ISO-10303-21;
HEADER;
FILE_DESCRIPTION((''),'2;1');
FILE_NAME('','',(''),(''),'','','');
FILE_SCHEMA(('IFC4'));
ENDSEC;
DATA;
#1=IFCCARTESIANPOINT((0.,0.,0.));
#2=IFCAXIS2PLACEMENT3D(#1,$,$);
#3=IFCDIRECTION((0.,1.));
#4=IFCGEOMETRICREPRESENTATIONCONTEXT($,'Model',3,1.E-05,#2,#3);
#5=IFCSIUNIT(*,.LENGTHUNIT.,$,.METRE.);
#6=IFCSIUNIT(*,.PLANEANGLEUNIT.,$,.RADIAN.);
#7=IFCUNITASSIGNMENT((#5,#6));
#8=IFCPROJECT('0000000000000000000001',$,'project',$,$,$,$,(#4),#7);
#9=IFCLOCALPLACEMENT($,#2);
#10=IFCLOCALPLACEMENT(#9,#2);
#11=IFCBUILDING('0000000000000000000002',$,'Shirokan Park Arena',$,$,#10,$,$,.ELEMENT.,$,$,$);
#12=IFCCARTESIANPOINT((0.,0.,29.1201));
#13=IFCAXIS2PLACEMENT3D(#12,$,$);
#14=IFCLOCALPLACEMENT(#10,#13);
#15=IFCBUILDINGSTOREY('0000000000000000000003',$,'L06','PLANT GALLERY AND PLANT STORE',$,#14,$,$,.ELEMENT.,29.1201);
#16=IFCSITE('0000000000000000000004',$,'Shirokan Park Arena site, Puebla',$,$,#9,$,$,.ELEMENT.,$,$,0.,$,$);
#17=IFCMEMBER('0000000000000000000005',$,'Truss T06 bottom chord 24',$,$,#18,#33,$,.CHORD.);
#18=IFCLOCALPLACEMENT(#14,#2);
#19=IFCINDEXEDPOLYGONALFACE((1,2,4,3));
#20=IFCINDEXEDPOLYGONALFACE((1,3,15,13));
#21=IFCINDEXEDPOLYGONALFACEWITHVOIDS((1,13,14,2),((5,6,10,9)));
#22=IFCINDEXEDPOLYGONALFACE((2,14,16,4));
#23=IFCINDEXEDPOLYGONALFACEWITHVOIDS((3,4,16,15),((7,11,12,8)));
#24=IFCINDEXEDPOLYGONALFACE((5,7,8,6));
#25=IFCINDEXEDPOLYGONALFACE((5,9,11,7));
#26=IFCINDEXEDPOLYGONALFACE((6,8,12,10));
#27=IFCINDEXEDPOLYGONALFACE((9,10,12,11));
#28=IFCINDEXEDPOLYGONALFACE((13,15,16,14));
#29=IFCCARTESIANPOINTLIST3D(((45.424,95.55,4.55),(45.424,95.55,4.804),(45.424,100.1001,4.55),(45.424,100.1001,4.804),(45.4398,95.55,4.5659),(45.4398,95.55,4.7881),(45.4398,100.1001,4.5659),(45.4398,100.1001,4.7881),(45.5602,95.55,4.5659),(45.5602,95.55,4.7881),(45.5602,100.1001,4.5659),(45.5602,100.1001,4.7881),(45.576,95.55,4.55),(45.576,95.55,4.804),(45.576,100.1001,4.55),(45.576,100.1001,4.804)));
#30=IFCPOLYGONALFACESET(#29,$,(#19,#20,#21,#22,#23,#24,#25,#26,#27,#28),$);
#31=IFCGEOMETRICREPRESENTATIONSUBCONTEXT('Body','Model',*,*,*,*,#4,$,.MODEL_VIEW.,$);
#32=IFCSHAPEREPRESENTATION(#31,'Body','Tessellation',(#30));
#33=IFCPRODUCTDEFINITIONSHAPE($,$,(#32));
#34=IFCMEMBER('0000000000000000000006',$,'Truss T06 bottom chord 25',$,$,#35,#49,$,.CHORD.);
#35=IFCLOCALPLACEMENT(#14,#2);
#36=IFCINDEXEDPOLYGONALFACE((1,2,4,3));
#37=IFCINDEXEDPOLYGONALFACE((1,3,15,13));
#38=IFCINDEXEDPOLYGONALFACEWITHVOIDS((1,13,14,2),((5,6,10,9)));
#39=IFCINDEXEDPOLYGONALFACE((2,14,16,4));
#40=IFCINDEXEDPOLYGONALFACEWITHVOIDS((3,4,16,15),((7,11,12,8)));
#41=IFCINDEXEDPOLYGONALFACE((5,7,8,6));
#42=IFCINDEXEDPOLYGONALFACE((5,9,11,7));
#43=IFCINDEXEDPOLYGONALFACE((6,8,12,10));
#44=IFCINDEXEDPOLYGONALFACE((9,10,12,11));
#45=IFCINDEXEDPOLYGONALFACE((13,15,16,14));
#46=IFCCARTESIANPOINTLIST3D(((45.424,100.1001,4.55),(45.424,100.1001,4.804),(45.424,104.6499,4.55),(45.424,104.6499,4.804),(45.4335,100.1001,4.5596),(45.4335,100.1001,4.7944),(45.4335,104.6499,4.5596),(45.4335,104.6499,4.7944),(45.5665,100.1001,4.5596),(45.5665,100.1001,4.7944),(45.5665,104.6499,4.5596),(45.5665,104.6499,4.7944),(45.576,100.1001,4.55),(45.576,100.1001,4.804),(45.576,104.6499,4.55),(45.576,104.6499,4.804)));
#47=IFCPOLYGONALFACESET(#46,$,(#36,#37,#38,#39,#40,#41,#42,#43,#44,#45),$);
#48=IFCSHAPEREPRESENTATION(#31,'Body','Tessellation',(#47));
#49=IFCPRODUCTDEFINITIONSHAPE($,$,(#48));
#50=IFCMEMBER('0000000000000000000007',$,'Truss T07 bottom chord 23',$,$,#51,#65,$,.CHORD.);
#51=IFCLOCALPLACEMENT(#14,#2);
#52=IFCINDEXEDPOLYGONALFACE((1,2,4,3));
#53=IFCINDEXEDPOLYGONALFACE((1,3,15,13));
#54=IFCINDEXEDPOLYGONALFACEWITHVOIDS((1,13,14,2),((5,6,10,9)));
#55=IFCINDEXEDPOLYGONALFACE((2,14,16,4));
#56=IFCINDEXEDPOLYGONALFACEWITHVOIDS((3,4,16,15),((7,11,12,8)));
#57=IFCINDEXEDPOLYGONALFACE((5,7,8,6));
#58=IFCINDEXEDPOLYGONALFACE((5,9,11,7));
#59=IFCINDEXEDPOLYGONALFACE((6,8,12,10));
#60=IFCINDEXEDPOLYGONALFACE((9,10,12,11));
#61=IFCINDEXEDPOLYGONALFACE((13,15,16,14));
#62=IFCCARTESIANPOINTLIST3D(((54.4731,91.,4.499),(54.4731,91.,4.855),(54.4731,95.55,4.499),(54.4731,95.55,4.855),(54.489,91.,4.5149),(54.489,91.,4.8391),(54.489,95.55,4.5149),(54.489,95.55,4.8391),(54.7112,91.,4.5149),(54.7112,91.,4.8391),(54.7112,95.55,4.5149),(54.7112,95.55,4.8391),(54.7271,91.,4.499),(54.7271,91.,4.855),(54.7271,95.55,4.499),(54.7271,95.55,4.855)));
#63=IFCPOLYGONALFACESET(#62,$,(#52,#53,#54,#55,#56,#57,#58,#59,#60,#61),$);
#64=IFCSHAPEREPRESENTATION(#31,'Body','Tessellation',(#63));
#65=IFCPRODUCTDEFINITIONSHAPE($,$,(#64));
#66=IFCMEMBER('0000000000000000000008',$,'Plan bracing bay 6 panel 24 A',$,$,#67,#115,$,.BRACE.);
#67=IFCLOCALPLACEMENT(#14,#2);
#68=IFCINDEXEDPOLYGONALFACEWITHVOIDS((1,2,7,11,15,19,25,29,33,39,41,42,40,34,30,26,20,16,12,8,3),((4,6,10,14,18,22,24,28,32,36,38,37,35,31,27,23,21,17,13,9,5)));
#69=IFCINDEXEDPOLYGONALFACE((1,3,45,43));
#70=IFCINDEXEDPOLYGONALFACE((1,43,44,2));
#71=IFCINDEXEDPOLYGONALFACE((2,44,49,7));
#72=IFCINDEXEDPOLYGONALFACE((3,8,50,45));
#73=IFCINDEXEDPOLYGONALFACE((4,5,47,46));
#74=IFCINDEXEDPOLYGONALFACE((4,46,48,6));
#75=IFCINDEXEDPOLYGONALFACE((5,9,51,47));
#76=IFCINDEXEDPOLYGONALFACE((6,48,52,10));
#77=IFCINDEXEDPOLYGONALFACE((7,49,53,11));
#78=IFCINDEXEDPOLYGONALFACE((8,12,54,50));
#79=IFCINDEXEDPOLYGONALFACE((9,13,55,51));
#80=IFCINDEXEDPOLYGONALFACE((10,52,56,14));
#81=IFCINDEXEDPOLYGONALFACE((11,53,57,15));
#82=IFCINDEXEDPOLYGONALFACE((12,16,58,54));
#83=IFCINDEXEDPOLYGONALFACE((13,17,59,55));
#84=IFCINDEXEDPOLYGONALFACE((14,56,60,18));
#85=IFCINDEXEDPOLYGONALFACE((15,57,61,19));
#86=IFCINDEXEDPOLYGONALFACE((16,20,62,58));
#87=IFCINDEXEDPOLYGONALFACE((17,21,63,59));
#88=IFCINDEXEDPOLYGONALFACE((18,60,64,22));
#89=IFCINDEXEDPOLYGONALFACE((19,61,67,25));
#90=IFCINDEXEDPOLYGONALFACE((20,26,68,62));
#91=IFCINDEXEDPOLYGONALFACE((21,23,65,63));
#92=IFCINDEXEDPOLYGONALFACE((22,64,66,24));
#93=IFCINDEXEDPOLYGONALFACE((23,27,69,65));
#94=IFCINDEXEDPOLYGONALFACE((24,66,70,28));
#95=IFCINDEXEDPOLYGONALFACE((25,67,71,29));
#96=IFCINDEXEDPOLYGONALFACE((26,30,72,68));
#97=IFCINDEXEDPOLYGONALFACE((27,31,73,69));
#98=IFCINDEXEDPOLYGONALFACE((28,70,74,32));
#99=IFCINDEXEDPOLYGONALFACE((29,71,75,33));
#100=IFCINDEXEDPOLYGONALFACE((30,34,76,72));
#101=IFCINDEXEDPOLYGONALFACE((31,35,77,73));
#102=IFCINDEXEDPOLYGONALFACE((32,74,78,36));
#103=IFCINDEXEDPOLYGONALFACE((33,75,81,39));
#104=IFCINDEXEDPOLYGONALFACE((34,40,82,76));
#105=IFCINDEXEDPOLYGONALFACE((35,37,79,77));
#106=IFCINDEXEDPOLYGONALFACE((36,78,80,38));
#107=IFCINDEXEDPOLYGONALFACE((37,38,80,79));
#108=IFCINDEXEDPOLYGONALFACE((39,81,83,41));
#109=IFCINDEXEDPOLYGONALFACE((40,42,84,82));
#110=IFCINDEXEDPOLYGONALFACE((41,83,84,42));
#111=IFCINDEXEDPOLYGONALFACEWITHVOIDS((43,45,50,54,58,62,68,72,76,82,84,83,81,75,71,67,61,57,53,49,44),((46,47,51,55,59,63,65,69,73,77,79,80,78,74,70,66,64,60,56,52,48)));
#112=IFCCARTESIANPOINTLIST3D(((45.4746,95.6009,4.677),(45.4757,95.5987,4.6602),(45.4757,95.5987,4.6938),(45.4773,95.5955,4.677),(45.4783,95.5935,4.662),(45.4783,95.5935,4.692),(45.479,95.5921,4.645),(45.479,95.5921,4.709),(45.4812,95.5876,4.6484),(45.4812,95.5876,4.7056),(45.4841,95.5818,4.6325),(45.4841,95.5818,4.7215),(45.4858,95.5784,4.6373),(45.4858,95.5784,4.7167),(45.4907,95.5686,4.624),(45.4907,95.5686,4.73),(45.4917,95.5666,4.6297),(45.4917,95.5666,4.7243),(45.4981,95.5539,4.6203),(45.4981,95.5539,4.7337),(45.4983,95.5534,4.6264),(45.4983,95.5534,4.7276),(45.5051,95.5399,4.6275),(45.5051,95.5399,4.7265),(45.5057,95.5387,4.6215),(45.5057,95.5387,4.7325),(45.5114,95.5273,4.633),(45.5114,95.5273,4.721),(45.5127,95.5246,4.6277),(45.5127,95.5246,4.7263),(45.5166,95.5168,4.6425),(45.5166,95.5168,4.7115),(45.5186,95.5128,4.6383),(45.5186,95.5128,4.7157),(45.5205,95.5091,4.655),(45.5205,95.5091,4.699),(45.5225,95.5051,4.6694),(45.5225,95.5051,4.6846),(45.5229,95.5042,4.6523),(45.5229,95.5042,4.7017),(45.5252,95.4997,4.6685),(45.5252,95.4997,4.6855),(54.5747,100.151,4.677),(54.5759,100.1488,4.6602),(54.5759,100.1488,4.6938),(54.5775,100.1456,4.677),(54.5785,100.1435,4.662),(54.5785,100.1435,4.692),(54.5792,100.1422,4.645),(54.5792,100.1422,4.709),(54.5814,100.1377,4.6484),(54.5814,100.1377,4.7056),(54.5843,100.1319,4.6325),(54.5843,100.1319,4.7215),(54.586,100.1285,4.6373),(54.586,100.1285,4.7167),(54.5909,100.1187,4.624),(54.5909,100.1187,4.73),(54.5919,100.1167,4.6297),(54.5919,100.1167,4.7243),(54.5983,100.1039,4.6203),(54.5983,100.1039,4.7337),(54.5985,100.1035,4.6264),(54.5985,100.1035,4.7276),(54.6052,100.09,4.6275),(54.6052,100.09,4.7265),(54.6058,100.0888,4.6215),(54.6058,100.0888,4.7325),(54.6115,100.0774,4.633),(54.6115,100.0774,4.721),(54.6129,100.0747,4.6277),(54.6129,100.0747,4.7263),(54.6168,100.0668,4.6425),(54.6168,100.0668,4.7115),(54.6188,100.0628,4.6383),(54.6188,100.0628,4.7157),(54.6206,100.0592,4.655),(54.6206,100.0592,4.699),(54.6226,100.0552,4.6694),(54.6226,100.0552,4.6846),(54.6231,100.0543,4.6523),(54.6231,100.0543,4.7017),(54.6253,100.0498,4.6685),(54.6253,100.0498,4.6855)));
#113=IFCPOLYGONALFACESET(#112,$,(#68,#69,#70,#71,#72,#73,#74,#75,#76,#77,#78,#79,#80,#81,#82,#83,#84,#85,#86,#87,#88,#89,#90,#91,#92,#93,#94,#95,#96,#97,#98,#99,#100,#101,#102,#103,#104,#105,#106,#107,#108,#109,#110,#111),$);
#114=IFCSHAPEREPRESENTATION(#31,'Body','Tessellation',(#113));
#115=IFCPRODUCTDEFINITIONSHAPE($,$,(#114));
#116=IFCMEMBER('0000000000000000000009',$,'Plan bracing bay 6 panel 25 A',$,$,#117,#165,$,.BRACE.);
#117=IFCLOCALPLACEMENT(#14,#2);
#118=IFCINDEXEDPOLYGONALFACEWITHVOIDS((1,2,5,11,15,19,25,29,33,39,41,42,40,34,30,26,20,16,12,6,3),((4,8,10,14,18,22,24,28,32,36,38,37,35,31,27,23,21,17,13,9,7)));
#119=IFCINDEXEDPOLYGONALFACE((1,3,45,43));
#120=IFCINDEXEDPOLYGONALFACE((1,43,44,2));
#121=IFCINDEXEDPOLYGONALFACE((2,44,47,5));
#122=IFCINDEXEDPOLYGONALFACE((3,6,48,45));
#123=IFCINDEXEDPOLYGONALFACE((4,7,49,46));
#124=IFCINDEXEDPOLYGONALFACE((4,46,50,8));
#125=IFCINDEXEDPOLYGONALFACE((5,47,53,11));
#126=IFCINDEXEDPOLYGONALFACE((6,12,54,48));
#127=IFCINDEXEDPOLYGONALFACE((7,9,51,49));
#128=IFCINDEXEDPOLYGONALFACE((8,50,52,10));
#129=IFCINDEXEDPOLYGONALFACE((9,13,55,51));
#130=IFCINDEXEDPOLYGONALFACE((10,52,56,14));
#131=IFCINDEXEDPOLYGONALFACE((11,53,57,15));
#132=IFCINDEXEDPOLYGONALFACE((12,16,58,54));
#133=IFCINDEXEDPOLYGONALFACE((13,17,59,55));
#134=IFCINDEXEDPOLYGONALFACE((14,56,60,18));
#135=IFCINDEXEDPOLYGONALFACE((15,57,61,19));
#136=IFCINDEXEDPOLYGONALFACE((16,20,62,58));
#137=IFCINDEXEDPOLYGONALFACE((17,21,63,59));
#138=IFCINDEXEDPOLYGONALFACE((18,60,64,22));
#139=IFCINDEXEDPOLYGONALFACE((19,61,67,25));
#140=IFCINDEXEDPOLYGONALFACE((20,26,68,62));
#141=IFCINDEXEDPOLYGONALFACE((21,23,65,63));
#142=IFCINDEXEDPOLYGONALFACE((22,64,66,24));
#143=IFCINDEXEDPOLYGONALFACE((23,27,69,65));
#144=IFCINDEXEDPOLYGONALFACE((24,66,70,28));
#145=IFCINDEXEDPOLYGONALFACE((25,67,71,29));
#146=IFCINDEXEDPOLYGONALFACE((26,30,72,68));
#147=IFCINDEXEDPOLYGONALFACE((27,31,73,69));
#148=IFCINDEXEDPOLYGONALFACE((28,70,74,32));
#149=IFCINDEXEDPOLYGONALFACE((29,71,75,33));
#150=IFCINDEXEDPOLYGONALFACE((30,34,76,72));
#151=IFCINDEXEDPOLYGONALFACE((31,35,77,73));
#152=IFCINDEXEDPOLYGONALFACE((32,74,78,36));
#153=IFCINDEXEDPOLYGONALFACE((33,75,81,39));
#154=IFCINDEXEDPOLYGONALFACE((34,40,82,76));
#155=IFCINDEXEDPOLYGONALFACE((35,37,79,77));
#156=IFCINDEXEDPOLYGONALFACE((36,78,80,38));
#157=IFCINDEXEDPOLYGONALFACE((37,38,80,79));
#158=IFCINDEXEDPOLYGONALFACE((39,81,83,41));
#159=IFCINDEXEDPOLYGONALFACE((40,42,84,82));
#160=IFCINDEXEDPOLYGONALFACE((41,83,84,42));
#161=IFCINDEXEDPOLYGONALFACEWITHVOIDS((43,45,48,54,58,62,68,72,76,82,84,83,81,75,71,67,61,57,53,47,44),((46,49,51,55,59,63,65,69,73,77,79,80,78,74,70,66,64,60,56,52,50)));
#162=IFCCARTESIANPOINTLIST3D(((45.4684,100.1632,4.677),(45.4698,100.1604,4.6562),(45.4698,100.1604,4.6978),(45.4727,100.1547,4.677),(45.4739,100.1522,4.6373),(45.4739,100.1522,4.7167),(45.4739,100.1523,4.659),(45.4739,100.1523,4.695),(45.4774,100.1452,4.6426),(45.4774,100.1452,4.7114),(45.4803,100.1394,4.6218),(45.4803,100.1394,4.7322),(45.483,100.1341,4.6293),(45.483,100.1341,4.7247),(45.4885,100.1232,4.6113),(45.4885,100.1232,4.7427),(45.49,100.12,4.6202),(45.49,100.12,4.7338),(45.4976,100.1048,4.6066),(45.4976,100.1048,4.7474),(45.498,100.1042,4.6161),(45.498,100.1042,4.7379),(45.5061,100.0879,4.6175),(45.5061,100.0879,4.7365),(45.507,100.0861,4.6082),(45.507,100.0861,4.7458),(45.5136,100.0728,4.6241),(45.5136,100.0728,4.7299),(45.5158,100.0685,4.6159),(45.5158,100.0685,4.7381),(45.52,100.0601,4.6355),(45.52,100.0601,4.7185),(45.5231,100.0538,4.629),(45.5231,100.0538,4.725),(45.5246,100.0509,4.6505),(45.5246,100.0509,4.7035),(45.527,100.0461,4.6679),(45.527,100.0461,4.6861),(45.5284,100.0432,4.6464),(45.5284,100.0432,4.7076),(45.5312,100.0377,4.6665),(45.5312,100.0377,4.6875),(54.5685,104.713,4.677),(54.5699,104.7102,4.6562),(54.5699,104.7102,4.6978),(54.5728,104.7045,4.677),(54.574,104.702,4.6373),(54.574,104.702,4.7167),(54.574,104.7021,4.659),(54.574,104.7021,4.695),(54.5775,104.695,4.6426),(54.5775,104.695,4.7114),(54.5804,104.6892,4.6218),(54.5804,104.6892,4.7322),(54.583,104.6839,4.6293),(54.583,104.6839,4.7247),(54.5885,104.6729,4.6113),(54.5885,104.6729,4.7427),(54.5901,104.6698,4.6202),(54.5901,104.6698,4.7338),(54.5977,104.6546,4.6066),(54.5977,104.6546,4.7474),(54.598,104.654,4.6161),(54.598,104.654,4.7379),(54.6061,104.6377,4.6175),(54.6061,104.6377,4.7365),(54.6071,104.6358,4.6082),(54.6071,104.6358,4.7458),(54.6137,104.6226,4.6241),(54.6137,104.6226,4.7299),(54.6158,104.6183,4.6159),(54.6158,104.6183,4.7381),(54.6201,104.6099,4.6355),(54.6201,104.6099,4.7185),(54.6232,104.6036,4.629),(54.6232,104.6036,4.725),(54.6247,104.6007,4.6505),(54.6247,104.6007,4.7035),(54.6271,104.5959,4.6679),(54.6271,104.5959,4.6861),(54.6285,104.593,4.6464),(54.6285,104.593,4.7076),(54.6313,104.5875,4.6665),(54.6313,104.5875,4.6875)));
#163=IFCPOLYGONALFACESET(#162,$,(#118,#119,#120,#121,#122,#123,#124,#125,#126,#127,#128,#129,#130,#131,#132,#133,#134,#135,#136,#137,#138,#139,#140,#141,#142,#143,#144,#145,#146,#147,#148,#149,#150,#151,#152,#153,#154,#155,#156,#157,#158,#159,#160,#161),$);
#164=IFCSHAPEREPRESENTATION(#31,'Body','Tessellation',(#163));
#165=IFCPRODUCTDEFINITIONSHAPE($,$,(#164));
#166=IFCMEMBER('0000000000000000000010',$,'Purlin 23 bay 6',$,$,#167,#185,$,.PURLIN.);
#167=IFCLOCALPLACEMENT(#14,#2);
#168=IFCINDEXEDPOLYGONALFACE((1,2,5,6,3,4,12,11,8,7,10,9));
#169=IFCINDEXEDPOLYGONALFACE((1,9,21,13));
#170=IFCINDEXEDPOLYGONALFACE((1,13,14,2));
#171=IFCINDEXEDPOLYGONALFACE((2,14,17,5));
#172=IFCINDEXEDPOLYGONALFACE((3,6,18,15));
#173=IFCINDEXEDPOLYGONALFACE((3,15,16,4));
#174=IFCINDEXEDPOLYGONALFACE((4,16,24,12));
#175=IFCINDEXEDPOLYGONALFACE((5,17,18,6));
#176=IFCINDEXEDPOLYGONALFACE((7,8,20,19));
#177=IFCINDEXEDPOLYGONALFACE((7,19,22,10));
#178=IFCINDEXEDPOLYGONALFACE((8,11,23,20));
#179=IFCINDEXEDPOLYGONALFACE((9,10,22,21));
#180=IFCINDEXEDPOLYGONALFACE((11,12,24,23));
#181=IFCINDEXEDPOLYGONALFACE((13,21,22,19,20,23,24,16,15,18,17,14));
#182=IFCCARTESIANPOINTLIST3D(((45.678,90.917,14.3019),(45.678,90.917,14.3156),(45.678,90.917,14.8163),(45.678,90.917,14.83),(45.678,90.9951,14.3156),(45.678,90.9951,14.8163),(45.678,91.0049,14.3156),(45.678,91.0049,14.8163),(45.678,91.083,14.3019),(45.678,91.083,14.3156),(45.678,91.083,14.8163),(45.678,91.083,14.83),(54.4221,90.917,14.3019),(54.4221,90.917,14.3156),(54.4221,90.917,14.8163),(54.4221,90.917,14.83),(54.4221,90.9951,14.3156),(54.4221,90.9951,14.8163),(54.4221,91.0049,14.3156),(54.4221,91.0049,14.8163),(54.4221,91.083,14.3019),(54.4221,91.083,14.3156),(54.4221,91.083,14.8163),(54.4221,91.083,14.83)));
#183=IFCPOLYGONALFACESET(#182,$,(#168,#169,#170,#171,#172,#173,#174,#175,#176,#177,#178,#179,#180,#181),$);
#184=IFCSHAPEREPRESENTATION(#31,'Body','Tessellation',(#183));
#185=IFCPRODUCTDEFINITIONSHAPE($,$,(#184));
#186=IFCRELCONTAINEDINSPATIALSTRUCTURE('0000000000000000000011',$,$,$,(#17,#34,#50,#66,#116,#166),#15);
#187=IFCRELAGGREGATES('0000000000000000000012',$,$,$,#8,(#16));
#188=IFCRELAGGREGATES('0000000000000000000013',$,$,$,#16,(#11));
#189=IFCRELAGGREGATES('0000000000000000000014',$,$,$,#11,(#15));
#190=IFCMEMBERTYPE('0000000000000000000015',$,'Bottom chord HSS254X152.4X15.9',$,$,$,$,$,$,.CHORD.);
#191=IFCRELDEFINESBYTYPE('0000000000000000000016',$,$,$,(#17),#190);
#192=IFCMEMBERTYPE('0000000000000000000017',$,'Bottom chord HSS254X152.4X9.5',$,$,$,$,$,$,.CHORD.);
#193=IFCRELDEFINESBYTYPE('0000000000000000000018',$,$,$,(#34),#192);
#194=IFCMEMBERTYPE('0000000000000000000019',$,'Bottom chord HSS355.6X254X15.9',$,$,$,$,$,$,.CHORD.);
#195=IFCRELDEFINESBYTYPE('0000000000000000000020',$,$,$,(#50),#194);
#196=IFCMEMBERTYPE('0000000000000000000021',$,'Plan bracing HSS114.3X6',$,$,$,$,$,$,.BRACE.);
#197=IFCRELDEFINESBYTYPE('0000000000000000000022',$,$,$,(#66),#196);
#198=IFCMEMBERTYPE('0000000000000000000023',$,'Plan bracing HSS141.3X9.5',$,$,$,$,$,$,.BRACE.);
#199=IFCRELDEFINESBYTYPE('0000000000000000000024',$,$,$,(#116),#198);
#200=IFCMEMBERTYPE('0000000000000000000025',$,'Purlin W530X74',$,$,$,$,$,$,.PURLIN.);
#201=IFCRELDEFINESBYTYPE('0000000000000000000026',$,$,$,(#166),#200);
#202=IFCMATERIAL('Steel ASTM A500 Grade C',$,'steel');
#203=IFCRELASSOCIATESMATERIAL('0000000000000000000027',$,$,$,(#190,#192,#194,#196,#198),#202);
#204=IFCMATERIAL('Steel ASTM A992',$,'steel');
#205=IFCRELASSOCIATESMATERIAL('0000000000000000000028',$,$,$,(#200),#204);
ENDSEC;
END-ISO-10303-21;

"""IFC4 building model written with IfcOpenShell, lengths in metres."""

from ifc_helpers import new_model, si_unit, direction, frame, origin, origin_2d, place, context, subcontext, project, spatial, hollow_rectangle, hollow_circle, i_section, extrude, material, material_profile, profile_set, type_object, element, save


model = new_model("IFC4")

# Units and contexts
model_context = context("Model", 3, precision=1e-05, world=origin(), true_north=direction((0.0, 1.0)))
body_context = subcontext(model_context, "Body", "Model", "MODEL_VIEW")
ifc_project = project(units=[si_unit("LENGTHUNIT", "METRE"), si_unit("PLANEANGLEUNIT", "RADIAN")], contexts=[model_context])

# Site, building, storey
site_placement = place(None, origin())
site = spatial("IfcSite", under=ifc_project, at=site_placement, Name="Shirokan Park Arena site, Puebla", CompositionType="ELEMENT", RefElevation=0.0)
building_placement = place(site_placement, origin())
building = spatial("IfcBuilding", under=site, at=building_placement, Name="Shirokan Park Arena", CompositionType="ELEMENT")
storey_placement = place(building_placement, frame((0.0, 0.0, 29.1201)))
storey = spatial("IfcBuildingStorey", under=building, at=storey_placement, Name="L06", Description="PLANT GALLERY AND PLANT STORE", CompositionType="ELEMENT", Elevation=29.1201)

# Members
ifc_material_1 = material(Name="Steel ASTM A500 Grade C", Category="steel")
ifc_material_profile_1 = material_profile(ifc_material_1, hollow_rectangle(XDim=0.1521, YDim=0.2539, WallThickness=0.0159, at=origin_2d()), Name="HSS254X152.4X15.9")
ifc_profile_set_1 = profile_set([ifc_material_profile_1], Name="Steel ASTM A500 Grade C")
member_type_1 = type_object("IfcMemberType", Name="Bottom chord HSS254X152.4X15.9", PredefinedType="CHORD", material=ifc_profile_set_1)
member_1_placement = place(storey_placement, frame((45.5, 95.55, 4.677), z_axis=(0.0, 1.0, 0.0), x_axis=(-1.0, 0.0, 0.0)))
element("IfcMember", 1, at=member_1_placement, inside=storey, type_object=member_type_1, Name="Truss T06 bottom chord 24", PredefinedType="CHORD", context=body_context, shape_type="SweptSolid", body=[
    extrude(hollow_rectangle(XDim=0.1521, YDim=0.2539, WallThickness=0.0159, at=origin_2d()), origin(), (0.0, 0.0, 1.0), 4.55),
])
ifc_material_profile_2 = material_profile(ifc_material_1, hollow_rectangle(XDim=0.1521, YDim=0.2539, WallThickness=0.0095, at=origin_2d()), Name="HSS254X152.4X9.5")
ifc_profile_set_2 = profile_set([ifc_material_profile_2], Name="Steel ASTM A500 Grade C")
member_type_2 = type_object("IfcMemberType", Name="Bottom chord HSS254X152.4X9.5", PredefinedType="CHORD", material=ifc_profile_set_2)
member_2_placement = place(storey_placement, frame((45.5, 100.1001, 4.677), z_axis=(0.0, 1.0, 0.0), x_axis=(-1.0, 0.0, 0.0)))
element("IfcMember", 2, at=member_2_placement, inside=storey, type_object=member_type_2, Name="Truss T06 bottom chord 25", PredefinedType="CHORD", context=body_context, shape_type="SweptSolid", body=[
    extrude(hollow_rectangle(XDim=0.1521, YDim=0.2539, WallThickness=0.0095, at=origin_2d()), origin(), (0.0, 0.0, 1.0), 4.5498),
])
ifc_material_profile_3 = material_profile(ifc_material_1, hollow_rectangle(XDim=0.2539, YDim=0.356, WallThickness=0.0159, at=origin_2d()), Name="HSS355.6X254X15.9")
ifc_profile_set_3 = profile_set([ifc_material_profile_3], Name="Steel ASTM A500 Grade C")
member_type_3 = type_object("IfcMemberType", Name="Bottom chord HSS355.6X254X15.9", PredefinedType="CHORD", material=ifc_profile_set_3)
member_3_placement = place(storey_placement, frame((54.6001, 91.0, 4.677), z_axis=(0.0, 1.0, 0.0), x_axis=(-1.0, 0.0, 0.0)))
element("IfcMember", 3, at=member_3_placement, inside=storey, type_object=member_type_3, Name="Truss T07 bottom chord 23", PredefinedType="CHORD", context=body_context, shape_type="SweptSolid", body=[
    extrude(hollow_rectangle(XDim=0.2539, YDim=0.356, WallThickness=0.0159, at=origin_2d()), origin(), (0.0, 0.0, 1.0), 4.55),
])
ifc_material_profile_4 = material_profile(ifc_material_1, hollow_circle(Radius=0.0569, WallThickness=0.0061, at=origin_2d()), Name="HSS114.3X6")
ifc_profile_set_4 = profile_set([ifc_material_profile_4], Name="Steel ASTM A500 Grade C")
member_type_4 = type_object("IfcMemberType", Name="Plan bracing HSS114.3X6", PredefinedType="BRACE", material=ifc_profile_set_4)
member_4_placement = place(storey_placement, frame((45.5, 95.55, 4.677), z_axis=(0.894427, 0.447214, 0.0), x_axis=(-0.447214, 0.894427, 0.0)))
element("IfcMember", 4, at=member_4_placement, inside=storey, type_object=member_type_4, Name="Plan bracing bay 6 panel 24 A", PredefinedType="BRACE", context=body_context, shape_type="SweptSolid", body=[
    extrude(hollow_circle(Radius=0.0569, WallThickness=0.0061, at=origin_2d()), origin(), (0.0, 0.0, 1.0), 10.1743),
])
ifc_material_profile_5 = material_profile(ifc_material_1, hollow_circle(Radius=0.0706, WallThickness=0.0095, at=origin_2d()), Name="HSS141.3X9.5")
ifc_profile_set_5 = profile_set([ifc_material_profile_5], Name="Steel ASTM A500 Grade C")
member_type_5 = type_object("IfcMemberType", Name="Plan bracing HSS141.3X9.5", PredefinedType="BRACE", material=ifc_profile_set_5)
member_5_placement = place(storey_placement, frame((45.5, 100.1001, 4.677), z_axis=(0.894437, 0.447194, 0.0), x_axis=(-0.447194, 0.894437, 0.0)))
element("IfcMember", 5, at=member_5_placement, inside=storey, type_object=member_type_5, Name="Plan bracing bay 6 panel 25 A", PredefinedType="BRACE", context=body_context, shape_type="SweptSolid", body=[
    extrude(hollow_circle(Radius=0.0706, WallThickness=0.0095, at=origin_2d()), origin(), (0.0, 0.0, 1.0), 10.1741),
])
ifc_material_2 = material(Name="Steel ASTM A992", Category="steel")
ifc_material_profile_6 = material_profile(ifc_material_2, i_section(OverallWidth=0.166, OverallDepth=0.5281, WebThickness=0.0098, FlangeThickness=0.0137, at=origin_2d()), Name="W530X74")
ifc_profile_set_6 = profile_set([ifc_material_profile_6], Name="Steel ASTM A992")
member_type_6 = type_object("IfcMemberType", Name="Purlin W530X74", PredefinedType="PURLIN", material=ifc_profile_set_6)
member_6_placement = place(storey_placement, frame((45.678, 91.0, 14.5659), z_axis=(1.0, 0.0, 0.0), x_axis=(0.0, 1.0, 0.0)))
element("IfcMember", 6, at=member_6_placement, inside=storey, type_object=member_type_6, Name="Purlin 23 bay 6", PredefinedType="PURLIN", context=body_context, shape_type="SweptSolid", body=[
    extrude(i_section(OverallWidth=0.166, OverallDepth=0.5281, WebThickness=0.0098, FlangeThickness=0.0137, at=origin_2d()), origin(), (0.0, 0.0, 1.0), 8.7441),
])

save(model, "model.ifc")
